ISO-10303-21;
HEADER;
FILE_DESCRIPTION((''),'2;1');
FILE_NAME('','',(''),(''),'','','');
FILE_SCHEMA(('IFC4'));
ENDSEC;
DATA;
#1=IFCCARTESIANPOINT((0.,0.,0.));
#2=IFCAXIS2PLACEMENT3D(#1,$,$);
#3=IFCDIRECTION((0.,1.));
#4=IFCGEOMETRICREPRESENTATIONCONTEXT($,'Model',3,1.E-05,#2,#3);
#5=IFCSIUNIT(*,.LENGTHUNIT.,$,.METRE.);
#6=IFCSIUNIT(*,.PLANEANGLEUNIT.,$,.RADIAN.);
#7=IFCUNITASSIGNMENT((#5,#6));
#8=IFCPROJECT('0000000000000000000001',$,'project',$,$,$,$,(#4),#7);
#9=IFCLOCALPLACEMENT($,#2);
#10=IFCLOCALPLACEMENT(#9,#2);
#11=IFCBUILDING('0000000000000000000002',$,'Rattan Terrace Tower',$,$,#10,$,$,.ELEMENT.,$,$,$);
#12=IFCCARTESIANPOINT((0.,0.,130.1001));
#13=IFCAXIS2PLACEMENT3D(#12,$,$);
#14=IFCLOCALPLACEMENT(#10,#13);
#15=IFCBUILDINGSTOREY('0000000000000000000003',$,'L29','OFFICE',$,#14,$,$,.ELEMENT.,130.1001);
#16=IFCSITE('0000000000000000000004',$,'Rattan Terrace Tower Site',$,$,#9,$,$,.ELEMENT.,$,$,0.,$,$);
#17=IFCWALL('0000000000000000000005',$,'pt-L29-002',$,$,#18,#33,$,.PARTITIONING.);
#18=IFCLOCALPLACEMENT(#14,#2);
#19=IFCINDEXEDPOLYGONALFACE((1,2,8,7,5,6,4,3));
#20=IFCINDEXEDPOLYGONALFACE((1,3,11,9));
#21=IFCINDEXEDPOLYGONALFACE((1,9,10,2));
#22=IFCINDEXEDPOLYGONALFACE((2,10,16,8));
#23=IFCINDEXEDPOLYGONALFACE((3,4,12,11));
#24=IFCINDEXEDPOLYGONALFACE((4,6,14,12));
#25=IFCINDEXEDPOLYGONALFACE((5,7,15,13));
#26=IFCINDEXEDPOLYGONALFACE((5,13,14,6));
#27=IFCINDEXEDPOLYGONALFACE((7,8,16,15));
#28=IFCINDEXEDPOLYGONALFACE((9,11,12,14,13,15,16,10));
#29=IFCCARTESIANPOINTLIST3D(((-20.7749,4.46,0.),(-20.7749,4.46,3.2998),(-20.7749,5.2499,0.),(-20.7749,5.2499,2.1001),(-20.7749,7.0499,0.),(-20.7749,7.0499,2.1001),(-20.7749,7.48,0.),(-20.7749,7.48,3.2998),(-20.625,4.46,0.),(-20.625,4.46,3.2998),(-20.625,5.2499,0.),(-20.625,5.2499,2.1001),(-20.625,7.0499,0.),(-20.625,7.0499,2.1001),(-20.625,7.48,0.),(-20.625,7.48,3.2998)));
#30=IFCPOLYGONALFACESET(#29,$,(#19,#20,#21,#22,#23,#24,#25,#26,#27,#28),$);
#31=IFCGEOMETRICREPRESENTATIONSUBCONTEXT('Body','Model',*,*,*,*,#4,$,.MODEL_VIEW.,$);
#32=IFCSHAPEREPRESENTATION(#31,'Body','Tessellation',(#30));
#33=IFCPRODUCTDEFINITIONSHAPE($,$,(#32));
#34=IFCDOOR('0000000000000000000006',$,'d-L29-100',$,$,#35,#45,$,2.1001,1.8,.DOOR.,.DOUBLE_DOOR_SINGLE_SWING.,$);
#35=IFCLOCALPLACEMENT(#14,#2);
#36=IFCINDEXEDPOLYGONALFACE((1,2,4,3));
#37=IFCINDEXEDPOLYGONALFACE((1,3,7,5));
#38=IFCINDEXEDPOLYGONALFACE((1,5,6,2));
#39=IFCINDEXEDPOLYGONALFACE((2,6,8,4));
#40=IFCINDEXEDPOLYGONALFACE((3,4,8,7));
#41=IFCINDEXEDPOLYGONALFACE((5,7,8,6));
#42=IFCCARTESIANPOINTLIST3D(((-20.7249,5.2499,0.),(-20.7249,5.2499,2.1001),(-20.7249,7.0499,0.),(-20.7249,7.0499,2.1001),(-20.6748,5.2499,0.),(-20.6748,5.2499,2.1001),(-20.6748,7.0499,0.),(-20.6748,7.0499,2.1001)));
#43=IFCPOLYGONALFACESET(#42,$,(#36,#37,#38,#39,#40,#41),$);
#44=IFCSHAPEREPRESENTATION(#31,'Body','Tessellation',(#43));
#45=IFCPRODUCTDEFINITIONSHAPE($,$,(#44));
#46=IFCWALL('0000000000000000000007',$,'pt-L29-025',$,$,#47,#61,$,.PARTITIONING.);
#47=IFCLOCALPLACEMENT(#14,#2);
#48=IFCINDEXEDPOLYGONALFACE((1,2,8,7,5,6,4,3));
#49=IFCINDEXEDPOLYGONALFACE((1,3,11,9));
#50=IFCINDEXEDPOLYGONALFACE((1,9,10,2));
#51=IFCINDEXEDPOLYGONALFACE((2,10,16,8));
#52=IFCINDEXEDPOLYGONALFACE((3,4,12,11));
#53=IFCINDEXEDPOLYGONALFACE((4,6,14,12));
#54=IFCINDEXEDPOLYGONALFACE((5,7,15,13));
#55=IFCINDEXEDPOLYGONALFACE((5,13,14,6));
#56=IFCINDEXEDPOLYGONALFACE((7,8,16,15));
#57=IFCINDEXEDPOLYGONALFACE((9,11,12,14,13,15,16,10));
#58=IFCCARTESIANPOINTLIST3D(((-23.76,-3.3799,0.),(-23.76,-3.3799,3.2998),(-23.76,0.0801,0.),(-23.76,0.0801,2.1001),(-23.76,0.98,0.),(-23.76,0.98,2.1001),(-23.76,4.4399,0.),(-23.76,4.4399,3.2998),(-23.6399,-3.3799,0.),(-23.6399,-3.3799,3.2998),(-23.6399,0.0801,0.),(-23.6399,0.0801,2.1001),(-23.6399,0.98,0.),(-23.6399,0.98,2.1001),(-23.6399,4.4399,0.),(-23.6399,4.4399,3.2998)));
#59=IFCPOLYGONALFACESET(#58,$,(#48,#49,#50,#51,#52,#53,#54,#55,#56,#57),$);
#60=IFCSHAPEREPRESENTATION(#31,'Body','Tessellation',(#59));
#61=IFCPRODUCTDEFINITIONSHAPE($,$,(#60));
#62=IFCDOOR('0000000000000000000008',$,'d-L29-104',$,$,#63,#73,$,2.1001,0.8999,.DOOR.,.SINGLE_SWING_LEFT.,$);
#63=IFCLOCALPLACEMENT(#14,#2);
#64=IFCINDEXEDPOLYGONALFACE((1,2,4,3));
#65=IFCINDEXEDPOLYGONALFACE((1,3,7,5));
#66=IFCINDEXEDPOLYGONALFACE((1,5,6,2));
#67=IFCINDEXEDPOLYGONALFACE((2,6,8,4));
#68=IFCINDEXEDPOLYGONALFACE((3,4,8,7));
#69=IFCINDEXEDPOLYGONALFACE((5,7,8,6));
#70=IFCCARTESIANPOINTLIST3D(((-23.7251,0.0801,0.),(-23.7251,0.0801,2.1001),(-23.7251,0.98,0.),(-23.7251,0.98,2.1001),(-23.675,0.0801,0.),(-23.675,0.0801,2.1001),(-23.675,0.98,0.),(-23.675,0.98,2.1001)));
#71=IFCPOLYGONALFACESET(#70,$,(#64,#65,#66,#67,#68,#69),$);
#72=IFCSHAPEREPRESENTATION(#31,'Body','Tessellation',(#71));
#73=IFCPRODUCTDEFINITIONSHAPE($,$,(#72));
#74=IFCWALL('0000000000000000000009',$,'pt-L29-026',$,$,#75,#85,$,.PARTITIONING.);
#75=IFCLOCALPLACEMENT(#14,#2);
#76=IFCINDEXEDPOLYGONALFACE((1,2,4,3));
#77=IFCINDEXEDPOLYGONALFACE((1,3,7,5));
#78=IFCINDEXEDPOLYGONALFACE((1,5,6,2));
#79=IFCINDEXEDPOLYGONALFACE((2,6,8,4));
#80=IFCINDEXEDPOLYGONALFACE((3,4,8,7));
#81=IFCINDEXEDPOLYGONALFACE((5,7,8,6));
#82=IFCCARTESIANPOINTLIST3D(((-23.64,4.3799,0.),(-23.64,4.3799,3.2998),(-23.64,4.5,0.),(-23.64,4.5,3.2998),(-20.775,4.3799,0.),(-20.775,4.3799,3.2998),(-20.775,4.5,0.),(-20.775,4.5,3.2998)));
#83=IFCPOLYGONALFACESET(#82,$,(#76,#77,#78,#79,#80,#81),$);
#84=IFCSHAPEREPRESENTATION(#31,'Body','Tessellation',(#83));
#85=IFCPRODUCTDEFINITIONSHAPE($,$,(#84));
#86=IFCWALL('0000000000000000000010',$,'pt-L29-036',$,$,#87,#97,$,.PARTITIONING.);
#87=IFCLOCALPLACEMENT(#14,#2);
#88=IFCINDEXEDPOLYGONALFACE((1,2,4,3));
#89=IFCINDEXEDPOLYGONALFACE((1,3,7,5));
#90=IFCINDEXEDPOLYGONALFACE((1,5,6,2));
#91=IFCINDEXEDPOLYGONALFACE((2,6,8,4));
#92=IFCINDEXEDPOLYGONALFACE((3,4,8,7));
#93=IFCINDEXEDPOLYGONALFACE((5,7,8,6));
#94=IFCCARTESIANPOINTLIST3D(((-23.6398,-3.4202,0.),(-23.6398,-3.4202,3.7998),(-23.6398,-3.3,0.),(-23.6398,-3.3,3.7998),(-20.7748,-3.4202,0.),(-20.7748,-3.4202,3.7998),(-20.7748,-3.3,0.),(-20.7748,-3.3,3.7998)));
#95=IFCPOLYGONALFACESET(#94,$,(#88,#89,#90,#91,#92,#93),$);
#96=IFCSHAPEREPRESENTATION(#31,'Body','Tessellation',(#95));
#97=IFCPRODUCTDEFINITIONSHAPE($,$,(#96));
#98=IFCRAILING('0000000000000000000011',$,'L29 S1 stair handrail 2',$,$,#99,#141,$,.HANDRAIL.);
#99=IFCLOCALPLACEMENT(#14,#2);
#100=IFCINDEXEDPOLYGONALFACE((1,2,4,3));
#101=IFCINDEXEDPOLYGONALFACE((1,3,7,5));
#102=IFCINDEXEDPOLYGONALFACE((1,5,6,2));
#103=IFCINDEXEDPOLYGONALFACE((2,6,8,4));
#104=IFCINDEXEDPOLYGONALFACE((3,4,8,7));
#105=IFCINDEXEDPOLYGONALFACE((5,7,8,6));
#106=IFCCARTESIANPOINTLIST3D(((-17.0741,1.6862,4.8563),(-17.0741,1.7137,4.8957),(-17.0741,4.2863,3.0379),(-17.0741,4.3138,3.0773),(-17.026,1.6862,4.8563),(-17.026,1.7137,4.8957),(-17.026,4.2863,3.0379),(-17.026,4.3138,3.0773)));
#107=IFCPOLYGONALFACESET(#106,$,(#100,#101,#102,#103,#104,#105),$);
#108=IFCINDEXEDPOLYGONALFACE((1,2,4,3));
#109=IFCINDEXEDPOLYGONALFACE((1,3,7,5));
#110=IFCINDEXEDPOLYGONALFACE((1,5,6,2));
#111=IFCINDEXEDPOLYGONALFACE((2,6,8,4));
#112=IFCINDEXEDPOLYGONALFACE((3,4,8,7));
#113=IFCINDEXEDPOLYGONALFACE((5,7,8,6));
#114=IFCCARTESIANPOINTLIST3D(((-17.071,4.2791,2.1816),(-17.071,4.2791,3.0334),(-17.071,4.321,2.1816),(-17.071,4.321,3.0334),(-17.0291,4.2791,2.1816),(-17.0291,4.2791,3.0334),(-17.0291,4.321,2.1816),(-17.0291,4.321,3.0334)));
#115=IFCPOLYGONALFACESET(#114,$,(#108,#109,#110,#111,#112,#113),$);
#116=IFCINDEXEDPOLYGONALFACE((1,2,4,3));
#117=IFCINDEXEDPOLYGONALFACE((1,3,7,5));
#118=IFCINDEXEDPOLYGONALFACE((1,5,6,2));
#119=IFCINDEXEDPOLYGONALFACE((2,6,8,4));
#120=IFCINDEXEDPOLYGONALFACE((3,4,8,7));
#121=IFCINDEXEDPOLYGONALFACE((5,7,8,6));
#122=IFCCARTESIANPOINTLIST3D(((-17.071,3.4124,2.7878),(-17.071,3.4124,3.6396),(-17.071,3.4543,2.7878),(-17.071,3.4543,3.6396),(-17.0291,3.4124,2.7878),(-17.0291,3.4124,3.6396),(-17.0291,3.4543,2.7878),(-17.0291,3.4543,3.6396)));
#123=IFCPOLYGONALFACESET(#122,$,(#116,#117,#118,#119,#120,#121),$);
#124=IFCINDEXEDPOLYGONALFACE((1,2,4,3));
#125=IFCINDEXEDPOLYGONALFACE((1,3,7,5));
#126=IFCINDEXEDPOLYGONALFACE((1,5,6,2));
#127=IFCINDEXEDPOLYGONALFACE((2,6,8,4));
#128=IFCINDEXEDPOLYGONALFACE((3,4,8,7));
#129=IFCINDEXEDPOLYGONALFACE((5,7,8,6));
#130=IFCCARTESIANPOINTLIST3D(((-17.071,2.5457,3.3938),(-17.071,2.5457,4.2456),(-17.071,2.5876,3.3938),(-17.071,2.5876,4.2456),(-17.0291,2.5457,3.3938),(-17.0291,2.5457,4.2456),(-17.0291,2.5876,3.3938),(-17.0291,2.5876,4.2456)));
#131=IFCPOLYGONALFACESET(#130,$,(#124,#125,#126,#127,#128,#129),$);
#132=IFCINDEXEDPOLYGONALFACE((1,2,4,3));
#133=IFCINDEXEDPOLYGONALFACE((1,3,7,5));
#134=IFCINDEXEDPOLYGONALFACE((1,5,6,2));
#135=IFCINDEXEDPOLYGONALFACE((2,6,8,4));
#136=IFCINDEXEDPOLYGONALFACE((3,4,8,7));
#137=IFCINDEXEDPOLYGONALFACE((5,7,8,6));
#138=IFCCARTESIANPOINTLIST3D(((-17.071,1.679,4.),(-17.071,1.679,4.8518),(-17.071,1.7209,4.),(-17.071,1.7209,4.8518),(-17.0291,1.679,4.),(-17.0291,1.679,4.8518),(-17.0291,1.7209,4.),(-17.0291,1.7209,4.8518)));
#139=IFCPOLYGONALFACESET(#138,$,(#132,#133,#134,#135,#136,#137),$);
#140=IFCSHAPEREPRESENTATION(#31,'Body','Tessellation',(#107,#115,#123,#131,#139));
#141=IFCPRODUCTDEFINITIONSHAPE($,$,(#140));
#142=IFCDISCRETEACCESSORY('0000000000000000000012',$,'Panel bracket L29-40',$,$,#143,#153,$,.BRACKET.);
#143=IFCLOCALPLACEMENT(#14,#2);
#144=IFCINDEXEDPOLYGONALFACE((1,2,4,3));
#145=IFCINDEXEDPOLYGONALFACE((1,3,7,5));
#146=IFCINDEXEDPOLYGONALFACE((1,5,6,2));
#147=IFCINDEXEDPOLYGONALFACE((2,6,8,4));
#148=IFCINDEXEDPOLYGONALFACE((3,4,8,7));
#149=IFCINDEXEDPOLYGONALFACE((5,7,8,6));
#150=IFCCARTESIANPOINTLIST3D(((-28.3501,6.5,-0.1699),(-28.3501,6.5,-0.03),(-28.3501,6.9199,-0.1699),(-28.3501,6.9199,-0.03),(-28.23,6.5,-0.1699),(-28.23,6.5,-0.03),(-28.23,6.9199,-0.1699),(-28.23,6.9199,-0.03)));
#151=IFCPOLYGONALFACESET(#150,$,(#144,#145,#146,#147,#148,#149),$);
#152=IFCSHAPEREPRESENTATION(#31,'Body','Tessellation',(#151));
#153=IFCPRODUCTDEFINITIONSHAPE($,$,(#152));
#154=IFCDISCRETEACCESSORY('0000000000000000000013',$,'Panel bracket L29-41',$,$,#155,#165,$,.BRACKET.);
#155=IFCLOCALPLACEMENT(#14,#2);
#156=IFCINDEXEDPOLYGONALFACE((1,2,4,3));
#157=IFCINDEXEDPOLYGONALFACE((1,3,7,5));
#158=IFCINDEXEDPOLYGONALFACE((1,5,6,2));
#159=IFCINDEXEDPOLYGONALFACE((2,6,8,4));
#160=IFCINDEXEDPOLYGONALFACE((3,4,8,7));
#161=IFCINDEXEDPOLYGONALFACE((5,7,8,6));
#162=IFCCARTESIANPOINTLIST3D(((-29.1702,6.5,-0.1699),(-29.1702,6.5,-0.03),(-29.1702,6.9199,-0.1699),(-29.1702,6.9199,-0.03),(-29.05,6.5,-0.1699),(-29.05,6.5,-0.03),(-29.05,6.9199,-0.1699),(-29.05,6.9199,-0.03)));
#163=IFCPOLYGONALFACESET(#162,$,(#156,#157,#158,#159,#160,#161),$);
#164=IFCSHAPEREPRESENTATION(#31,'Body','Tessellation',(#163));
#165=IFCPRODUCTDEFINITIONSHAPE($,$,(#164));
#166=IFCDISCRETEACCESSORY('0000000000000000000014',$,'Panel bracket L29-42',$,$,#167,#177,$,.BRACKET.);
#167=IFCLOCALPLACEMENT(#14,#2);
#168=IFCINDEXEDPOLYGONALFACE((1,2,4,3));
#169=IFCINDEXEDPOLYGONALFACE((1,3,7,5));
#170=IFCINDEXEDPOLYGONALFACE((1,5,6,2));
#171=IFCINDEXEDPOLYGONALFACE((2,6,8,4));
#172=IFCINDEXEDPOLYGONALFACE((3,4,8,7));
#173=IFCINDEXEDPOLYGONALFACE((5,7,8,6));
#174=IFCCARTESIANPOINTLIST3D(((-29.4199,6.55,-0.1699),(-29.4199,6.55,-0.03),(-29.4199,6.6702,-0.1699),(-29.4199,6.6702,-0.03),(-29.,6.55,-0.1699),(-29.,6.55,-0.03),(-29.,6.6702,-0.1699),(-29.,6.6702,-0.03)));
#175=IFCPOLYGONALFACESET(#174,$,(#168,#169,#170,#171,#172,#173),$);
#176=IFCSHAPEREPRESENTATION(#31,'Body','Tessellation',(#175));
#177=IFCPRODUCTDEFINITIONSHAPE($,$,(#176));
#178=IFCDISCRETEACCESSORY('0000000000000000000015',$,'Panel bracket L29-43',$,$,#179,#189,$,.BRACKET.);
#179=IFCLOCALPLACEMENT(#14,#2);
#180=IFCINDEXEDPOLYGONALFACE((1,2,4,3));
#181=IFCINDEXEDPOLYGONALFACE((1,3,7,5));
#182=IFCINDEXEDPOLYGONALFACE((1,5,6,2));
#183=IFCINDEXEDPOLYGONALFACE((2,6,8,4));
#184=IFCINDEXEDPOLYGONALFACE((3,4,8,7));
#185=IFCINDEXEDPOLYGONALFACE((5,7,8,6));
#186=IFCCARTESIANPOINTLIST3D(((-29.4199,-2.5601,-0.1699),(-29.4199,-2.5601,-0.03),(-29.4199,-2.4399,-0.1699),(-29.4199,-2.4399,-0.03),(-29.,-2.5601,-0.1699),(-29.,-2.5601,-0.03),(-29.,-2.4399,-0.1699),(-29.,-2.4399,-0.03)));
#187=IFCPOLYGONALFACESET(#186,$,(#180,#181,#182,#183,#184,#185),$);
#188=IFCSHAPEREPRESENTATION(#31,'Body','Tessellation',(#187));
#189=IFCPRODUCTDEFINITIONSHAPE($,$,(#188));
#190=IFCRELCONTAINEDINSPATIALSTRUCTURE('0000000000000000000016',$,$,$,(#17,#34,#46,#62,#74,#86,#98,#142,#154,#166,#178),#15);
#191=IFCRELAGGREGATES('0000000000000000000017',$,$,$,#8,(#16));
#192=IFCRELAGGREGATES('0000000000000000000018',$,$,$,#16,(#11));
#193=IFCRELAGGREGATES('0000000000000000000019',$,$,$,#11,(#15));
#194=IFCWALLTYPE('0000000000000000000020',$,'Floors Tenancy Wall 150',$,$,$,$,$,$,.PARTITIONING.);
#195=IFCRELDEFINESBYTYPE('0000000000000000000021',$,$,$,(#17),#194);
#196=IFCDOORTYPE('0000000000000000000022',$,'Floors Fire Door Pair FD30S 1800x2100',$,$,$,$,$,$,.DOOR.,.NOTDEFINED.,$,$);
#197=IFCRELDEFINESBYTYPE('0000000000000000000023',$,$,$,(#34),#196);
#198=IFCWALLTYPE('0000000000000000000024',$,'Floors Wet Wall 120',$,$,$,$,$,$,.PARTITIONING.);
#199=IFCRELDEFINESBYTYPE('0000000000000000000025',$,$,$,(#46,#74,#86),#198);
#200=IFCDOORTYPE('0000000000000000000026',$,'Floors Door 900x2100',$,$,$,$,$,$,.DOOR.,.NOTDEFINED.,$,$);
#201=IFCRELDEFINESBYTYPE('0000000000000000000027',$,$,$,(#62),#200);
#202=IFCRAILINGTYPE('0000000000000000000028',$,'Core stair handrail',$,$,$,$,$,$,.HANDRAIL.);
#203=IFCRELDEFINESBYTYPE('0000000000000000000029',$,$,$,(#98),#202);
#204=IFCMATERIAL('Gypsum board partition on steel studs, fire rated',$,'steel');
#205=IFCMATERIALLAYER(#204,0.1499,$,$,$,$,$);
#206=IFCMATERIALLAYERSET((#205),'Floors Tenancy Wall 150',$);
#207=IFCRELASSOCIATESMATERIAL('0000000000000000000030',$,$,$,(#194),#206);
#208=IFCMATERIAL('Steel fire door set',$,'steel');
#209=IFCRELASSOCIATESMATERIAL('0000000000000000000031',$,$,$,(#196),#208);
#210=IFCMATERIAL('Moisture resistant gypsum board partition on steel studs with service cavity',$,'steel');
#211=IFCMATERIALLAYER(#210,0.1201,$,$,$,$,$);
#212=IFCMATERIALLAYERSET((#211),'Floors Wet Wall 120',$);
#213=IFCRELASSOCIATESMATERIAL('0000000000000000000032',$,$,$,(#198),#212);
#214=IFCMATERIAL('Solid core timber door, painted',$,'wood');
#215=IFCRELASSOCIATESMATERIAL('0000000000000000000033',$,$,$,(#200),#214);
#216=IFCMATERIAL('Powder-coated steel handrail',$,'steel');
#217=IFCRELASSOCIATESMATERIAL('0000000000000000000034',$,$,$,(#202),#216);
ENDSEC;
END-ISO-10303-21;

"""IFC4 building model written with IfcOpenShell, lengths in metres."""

from ifc_helpers import new_model, si_unit, direction, frame, frame_2d, origin, origin_2d, place, context, subcontext, project, spatial, rectangle, extrude, material, layer, layer_set, type_object, element, fill, save


model = new_model("IFC4")

# Units and contexts
model_context = context("Model", 3, precision=1e-05, world=origin(), true_north=direction((0.0, 1.0)))
body_context = subcontext(model_context, "Body", "Model", "MODEL_VIEW")
ifc_project = project(units=[si_unit("LENGTHUNIT", "METRE"), si_unit("PLANEANGLEUNIT", "RADIAN")], contexts=[model_context])

# Site, building, storey
site_placement = place(None, origin())
site = spatial("IfcSite", under=ifc_project, at=site_placement, Name="Rattan Terrace Tower Site", CompositionType="ELEMENT", RefElevation=0.0)
building_placement = place(site_placement, origin())
building = spatial("IfcBuilding", under=site, at=building_placement, Name="Rattan Terrace Tower", CompositionType="ELEMENT")
storey_placement = place(building_placement, frame((0.0, 0.0, 130.1001)))
storey = spatial("IfcBuildingStorey", under=building, at=storey_placement, Name="L29", Description="OFFICE", CompositionType="ELEMENT", Elevation=130.1001)

# Walls, openings, doors
ifc_material_1 = material(Name="Gypsum board partition on steel studs, fire rated", Category="steel")
ifc_layer_1 = layer(ifc_material_1, 0.1499)
ifc_layer_set_1 = layer_set([ifc_layer_1], Name="Floors Tenancy Wall 150")
wall_type_1 = type_object("IfcWallType", Name="Floors Tenancy Wall 150", PredefinedType="PARTITIONING", material=ifc_layer_set_1)
wall_1_placement = place(storey_placement, frame((-20.7, 4.46, 0.0), z_axis=(0.0, 0.0, 1.0), x_axis=(0.0, 1.0, 0.0)))
wall_1 = element("IfcWall", 1, at=wall_1_placement, inside=storey, type_object=wall_type_1, Name="pt-L29-002", PredefinedType="PARTITIONING", context=body_context, shape_type="SweptSolid", body=[
    extrude(rectangle(XDim=3.02, YDim=0.1499, at=frame_2d((1.51, 0.0))), origin(), (0.0, 0.0, 1.0), 3.2998),
])
opening_1_placement = place(wall_1_placement, frame((0.79, 0.0, 0.0)))
opening_1 = element("IfcOpeningElement", 2, at=opening_1_placement, cuts=wall_1, PredefinedType="OPENING", context=body_context, shape_type="SweptSolid", body=[
    extrude(rectangle(XDim=1.8, YDim=2.1001, at=frame_2d((0.8999, 1.05))), frame((0.0, 0.0854, 0.0), z_axis=(0.0, -1.0, 0.0), x_axis=(1.0, 0.0, 0.0)), (0.0, 0.0, 1.0), 0.1709),
])
ifc_material_2 = material(Name="Steel fire door set", Category="steel")
door_type_1 = type_object("IfcDoorType", Name="Floors Fire Door Pair FD30S 1800x2100", OperationType="NOTDEFINED", PredefinedType="DOOR", material=ifc_material_2)
door_1_placement = place(opening_1_placement, origin())
door_1 = element("IfcDoor", 3, at=door_1_placement, inside=storey, type_object=door_type_1, Name="d-L29-100", OperationType="DOUBLE_DOOR_SINGLE_SWING", OverallHeight=2.1001, OverallWidth=1.8, PredefinedType="DOOR", context=body_context, shape_type="SweptSolid", body=[
    extrude(rectangle(XDim=1.8, YDim=2.1001, at=frame_2d((0.8999, 1.05))), frame((0.0, 0.0249, 0.0), z_axis=(0.0, -1.0, 0.0), x_axis=(1.0, 0.0, 0.0)), (0.0, 0.0, 1.0), 0.05),
])
fill(opening_1, door_1)
ifc_material_3 = material(Name="Moisture resistant gypsum board partition on steel studs with service cavity", Category="steel")
ifc_layer_2 = layer(ifc_material_3, 0.1201)
ifc_layer_set_2 = layer_set([ifc_layer_2], Name="Floors Wet Wall 120")
wall_type_2 = type_object("IfcWallType", Name="Floors Wet Wall 120", PredefinedType="PARTITIONING", material=ifc_layer_set_2)
wall_2_placement = place(storey_placement, frame((-23.7, 4.4399, 0.0), z_axis=(0.0, 0.0, 1.0), x_axis=(0.0, -1.0, 0.0)))
wall_2 = element("IfcWall", 4, at=wall_2_placement, inside=storey, type_object=wall_type_2, Name="pt-L29-025", PredefinedType="PARTITIONING", context=body_context, shape_type="SweptSolid", body=[
    extrude(rectangle(XDim=7.8198, YDim=0.1201, at=frame_2d((3.9099, 0.0))), origin(), (0.0, 0.0, 1.0), 3.2998),
])
opening_2_placement = place(wall_2_placement, frame((3.46, 0.0, 0.0)))
opening_2 = element("IfcOpeningElement", 5, at=opening_2_placement, cuts=wall_2, PredefinedType="OPENING", context=body_context, shape_type="SweptSolid", body=[
    extrude(rectangle(XDim=0.8999, YDim=2.1001, at=frame_2d((0.45, 1.05))), frame((0.0, 0.0706, 0.0), z_axis=(0.0, -1.0, 0.0), x_axis=(1.0, 0.0, 0.0)), (0.0, 0.0, 1.0), 0.1411),
])
ifc_material_4 = material(Name="Solid core timber door, painted", Category="wood")
door_type_2 = type_object("IfcDoorType", Name="Floors Door 900x2100", OperationType="NOTDEFINED", PredefinedType="DOOR", material=ifc_material_4)
door_2_placement = place(opening_2_placement, origin())
door_2 = element("IfcDoor", 6, at=door_2_placement, inside=storey, type_object=door_type_2, Name="d-L29-104", OperationType="SINGLE_SWING_LEFT", OverallHeight=2.1001, OverallWidth=0.8999, PredefinedType="DOOR", context=body_context, shape_type="SweptSolid", body=[
    extrude(rectangle(XDim=0.8999, YDim=2.1001, at=frame_2d((0.45, 1.05))), frame((0.0, 0.0249, 0.0), z_axis=(0.0, -1.0, 0.0), x_axis=(1.0, 0.0, 0.0)), (0.0, 0.0, 1.0), 0.05),
])
fill(opening_2, door_2)

# Walls
wall_3_placement = place(storey_placement, frame((-20.7749, 4.4399, 0.0), z_axis=(0.0, 0.0, 1.0), x_axis=(-1.0, 0.0, 0.0)))
element("IfcWall", 7, at=wall_3_placement, inside=storey, type_object=wall_type_2, Name="pt-L29-026", PredefinedType="PARTITIONING", context=body_context, shape_type="SweptSolid", body=[
    extrude(rectangle(XDim=2.865, YDim=0.1201, at=frame_2d((1.4326, 0.0))), origin(), (0.0, 0.0, 1.0), 3.2998),
])
wall_4_placement = place(storey_placement, frame((-23.6399, -3.3601, 0.0), z_axis=(0.0, 0.0, 1.0), x_axis=(1.0, 0.0, 0.0)))
element("IfcWall", 8, at=wall_4_placement, inside=storey, type_object=wall_type_2, Name="pt-L29-036", PredefinedType="PARTITIONING", context=body_context, shape_type="SweptSolid", body=[
    extrude(rectangle(XDim=2.865, YDim=0.1201, at=frame_2d((1.4326, 0.0))), origin(), (0.0, 0.0, 1.0), 3.7998),
])

# Railing
ifc_material_5 = material(Name="Powder-coated steel handrail", Category="steel")
railing_type = type_object("IfcRailingType", Name="Core stair handrail", PredefinedType="HANDRAIL", material=ifc_material_5)
railing_placement = place(storey_placement, frame((-17.05, 4.3, 2.1816)))
element("IfcRailing", 9, at=railing_placement, inside=storey, type_object=railing_type, Name="L29 S1 stair handrail 2", PredefinedType="HANDRAIL", context=body_context, shape_type="SweptSolid", body=[
    extrude(rectangle(XDim=0.0481, YDim=0.0481, at=origin_2d()), frame((0.0, 0.0, 0.876), z_axis=(0.0, -0.819485, 0.573101), x_axis=(1.0, 0.0, 0.0)), (0.0, 0.0, 1.0), 3.1729),
    extrude(rectangle(XDim=0.042, YDim=0.042, at=origin_2d()), origin(), (0.0, 0.0, 1.0), 0.8518),
    extrude(rectangle(XDim=0.042, YDim=0.042, at=origin_2d()), frame((0.0, -0.8667, 0.6062)), (0.0, 0.0, 1.0), 0.8518),
    extrude(rectangle(XDim=0.042, YDim=0.042, at=origin_2d()), frame((0.0, -1.7334, 1.2122)), (0.0, 0.0, 1.0), 0.8518),
    extrude(rectangle(XDim=0.042, YDim=0.042, at=origin_2d()), frame((0.0, -2.6001, 1.8184)), (0.0, 0.0, 1.0), 0.8518),
])

# Discrete accessories
for number, where, z_axis, x_axis, name in (
    (10, (-28.29, 6.71, -0.1699), (0.0, 0.0, 1.0), (-1.0, 0.0, 0.0), "Panel bracket L29-40"),
    (11, (-29.1101, 6.71, -0.1699), (0.0, 0.0, 1.0), (-1.0, 0.0, 0.0), "Panel bracket L29-41"),
    (12, (-29.21, 6.6101, -0.1699), (0.0, 0.0, 1.0), (0.0, -1.0, 0.0), "Panel bracket L29-42"),
    (13, (-29.21, -2.5, -0.1699), (0.0, 0.0, 1.0), (0.0, -1.0, 0.0), "Panel bracket L29-43"),
):
    element("IfcDiscreteAccessory", number, at=place(storey_placement, frame(where, z_axis=z_axis, x_axis=x_axis)), inside=storey, Name=name, PredefinedType="BRACKET", context=body_context, shape_type="SweptSolid", body=[
        extrude(rectangle(XDim=0.1201, YDim=0.4199, at=origin_2d()), origin(), (0.0, 0.0, 1.0), 0.1399),
    ])

save(model, "model.ifc")
